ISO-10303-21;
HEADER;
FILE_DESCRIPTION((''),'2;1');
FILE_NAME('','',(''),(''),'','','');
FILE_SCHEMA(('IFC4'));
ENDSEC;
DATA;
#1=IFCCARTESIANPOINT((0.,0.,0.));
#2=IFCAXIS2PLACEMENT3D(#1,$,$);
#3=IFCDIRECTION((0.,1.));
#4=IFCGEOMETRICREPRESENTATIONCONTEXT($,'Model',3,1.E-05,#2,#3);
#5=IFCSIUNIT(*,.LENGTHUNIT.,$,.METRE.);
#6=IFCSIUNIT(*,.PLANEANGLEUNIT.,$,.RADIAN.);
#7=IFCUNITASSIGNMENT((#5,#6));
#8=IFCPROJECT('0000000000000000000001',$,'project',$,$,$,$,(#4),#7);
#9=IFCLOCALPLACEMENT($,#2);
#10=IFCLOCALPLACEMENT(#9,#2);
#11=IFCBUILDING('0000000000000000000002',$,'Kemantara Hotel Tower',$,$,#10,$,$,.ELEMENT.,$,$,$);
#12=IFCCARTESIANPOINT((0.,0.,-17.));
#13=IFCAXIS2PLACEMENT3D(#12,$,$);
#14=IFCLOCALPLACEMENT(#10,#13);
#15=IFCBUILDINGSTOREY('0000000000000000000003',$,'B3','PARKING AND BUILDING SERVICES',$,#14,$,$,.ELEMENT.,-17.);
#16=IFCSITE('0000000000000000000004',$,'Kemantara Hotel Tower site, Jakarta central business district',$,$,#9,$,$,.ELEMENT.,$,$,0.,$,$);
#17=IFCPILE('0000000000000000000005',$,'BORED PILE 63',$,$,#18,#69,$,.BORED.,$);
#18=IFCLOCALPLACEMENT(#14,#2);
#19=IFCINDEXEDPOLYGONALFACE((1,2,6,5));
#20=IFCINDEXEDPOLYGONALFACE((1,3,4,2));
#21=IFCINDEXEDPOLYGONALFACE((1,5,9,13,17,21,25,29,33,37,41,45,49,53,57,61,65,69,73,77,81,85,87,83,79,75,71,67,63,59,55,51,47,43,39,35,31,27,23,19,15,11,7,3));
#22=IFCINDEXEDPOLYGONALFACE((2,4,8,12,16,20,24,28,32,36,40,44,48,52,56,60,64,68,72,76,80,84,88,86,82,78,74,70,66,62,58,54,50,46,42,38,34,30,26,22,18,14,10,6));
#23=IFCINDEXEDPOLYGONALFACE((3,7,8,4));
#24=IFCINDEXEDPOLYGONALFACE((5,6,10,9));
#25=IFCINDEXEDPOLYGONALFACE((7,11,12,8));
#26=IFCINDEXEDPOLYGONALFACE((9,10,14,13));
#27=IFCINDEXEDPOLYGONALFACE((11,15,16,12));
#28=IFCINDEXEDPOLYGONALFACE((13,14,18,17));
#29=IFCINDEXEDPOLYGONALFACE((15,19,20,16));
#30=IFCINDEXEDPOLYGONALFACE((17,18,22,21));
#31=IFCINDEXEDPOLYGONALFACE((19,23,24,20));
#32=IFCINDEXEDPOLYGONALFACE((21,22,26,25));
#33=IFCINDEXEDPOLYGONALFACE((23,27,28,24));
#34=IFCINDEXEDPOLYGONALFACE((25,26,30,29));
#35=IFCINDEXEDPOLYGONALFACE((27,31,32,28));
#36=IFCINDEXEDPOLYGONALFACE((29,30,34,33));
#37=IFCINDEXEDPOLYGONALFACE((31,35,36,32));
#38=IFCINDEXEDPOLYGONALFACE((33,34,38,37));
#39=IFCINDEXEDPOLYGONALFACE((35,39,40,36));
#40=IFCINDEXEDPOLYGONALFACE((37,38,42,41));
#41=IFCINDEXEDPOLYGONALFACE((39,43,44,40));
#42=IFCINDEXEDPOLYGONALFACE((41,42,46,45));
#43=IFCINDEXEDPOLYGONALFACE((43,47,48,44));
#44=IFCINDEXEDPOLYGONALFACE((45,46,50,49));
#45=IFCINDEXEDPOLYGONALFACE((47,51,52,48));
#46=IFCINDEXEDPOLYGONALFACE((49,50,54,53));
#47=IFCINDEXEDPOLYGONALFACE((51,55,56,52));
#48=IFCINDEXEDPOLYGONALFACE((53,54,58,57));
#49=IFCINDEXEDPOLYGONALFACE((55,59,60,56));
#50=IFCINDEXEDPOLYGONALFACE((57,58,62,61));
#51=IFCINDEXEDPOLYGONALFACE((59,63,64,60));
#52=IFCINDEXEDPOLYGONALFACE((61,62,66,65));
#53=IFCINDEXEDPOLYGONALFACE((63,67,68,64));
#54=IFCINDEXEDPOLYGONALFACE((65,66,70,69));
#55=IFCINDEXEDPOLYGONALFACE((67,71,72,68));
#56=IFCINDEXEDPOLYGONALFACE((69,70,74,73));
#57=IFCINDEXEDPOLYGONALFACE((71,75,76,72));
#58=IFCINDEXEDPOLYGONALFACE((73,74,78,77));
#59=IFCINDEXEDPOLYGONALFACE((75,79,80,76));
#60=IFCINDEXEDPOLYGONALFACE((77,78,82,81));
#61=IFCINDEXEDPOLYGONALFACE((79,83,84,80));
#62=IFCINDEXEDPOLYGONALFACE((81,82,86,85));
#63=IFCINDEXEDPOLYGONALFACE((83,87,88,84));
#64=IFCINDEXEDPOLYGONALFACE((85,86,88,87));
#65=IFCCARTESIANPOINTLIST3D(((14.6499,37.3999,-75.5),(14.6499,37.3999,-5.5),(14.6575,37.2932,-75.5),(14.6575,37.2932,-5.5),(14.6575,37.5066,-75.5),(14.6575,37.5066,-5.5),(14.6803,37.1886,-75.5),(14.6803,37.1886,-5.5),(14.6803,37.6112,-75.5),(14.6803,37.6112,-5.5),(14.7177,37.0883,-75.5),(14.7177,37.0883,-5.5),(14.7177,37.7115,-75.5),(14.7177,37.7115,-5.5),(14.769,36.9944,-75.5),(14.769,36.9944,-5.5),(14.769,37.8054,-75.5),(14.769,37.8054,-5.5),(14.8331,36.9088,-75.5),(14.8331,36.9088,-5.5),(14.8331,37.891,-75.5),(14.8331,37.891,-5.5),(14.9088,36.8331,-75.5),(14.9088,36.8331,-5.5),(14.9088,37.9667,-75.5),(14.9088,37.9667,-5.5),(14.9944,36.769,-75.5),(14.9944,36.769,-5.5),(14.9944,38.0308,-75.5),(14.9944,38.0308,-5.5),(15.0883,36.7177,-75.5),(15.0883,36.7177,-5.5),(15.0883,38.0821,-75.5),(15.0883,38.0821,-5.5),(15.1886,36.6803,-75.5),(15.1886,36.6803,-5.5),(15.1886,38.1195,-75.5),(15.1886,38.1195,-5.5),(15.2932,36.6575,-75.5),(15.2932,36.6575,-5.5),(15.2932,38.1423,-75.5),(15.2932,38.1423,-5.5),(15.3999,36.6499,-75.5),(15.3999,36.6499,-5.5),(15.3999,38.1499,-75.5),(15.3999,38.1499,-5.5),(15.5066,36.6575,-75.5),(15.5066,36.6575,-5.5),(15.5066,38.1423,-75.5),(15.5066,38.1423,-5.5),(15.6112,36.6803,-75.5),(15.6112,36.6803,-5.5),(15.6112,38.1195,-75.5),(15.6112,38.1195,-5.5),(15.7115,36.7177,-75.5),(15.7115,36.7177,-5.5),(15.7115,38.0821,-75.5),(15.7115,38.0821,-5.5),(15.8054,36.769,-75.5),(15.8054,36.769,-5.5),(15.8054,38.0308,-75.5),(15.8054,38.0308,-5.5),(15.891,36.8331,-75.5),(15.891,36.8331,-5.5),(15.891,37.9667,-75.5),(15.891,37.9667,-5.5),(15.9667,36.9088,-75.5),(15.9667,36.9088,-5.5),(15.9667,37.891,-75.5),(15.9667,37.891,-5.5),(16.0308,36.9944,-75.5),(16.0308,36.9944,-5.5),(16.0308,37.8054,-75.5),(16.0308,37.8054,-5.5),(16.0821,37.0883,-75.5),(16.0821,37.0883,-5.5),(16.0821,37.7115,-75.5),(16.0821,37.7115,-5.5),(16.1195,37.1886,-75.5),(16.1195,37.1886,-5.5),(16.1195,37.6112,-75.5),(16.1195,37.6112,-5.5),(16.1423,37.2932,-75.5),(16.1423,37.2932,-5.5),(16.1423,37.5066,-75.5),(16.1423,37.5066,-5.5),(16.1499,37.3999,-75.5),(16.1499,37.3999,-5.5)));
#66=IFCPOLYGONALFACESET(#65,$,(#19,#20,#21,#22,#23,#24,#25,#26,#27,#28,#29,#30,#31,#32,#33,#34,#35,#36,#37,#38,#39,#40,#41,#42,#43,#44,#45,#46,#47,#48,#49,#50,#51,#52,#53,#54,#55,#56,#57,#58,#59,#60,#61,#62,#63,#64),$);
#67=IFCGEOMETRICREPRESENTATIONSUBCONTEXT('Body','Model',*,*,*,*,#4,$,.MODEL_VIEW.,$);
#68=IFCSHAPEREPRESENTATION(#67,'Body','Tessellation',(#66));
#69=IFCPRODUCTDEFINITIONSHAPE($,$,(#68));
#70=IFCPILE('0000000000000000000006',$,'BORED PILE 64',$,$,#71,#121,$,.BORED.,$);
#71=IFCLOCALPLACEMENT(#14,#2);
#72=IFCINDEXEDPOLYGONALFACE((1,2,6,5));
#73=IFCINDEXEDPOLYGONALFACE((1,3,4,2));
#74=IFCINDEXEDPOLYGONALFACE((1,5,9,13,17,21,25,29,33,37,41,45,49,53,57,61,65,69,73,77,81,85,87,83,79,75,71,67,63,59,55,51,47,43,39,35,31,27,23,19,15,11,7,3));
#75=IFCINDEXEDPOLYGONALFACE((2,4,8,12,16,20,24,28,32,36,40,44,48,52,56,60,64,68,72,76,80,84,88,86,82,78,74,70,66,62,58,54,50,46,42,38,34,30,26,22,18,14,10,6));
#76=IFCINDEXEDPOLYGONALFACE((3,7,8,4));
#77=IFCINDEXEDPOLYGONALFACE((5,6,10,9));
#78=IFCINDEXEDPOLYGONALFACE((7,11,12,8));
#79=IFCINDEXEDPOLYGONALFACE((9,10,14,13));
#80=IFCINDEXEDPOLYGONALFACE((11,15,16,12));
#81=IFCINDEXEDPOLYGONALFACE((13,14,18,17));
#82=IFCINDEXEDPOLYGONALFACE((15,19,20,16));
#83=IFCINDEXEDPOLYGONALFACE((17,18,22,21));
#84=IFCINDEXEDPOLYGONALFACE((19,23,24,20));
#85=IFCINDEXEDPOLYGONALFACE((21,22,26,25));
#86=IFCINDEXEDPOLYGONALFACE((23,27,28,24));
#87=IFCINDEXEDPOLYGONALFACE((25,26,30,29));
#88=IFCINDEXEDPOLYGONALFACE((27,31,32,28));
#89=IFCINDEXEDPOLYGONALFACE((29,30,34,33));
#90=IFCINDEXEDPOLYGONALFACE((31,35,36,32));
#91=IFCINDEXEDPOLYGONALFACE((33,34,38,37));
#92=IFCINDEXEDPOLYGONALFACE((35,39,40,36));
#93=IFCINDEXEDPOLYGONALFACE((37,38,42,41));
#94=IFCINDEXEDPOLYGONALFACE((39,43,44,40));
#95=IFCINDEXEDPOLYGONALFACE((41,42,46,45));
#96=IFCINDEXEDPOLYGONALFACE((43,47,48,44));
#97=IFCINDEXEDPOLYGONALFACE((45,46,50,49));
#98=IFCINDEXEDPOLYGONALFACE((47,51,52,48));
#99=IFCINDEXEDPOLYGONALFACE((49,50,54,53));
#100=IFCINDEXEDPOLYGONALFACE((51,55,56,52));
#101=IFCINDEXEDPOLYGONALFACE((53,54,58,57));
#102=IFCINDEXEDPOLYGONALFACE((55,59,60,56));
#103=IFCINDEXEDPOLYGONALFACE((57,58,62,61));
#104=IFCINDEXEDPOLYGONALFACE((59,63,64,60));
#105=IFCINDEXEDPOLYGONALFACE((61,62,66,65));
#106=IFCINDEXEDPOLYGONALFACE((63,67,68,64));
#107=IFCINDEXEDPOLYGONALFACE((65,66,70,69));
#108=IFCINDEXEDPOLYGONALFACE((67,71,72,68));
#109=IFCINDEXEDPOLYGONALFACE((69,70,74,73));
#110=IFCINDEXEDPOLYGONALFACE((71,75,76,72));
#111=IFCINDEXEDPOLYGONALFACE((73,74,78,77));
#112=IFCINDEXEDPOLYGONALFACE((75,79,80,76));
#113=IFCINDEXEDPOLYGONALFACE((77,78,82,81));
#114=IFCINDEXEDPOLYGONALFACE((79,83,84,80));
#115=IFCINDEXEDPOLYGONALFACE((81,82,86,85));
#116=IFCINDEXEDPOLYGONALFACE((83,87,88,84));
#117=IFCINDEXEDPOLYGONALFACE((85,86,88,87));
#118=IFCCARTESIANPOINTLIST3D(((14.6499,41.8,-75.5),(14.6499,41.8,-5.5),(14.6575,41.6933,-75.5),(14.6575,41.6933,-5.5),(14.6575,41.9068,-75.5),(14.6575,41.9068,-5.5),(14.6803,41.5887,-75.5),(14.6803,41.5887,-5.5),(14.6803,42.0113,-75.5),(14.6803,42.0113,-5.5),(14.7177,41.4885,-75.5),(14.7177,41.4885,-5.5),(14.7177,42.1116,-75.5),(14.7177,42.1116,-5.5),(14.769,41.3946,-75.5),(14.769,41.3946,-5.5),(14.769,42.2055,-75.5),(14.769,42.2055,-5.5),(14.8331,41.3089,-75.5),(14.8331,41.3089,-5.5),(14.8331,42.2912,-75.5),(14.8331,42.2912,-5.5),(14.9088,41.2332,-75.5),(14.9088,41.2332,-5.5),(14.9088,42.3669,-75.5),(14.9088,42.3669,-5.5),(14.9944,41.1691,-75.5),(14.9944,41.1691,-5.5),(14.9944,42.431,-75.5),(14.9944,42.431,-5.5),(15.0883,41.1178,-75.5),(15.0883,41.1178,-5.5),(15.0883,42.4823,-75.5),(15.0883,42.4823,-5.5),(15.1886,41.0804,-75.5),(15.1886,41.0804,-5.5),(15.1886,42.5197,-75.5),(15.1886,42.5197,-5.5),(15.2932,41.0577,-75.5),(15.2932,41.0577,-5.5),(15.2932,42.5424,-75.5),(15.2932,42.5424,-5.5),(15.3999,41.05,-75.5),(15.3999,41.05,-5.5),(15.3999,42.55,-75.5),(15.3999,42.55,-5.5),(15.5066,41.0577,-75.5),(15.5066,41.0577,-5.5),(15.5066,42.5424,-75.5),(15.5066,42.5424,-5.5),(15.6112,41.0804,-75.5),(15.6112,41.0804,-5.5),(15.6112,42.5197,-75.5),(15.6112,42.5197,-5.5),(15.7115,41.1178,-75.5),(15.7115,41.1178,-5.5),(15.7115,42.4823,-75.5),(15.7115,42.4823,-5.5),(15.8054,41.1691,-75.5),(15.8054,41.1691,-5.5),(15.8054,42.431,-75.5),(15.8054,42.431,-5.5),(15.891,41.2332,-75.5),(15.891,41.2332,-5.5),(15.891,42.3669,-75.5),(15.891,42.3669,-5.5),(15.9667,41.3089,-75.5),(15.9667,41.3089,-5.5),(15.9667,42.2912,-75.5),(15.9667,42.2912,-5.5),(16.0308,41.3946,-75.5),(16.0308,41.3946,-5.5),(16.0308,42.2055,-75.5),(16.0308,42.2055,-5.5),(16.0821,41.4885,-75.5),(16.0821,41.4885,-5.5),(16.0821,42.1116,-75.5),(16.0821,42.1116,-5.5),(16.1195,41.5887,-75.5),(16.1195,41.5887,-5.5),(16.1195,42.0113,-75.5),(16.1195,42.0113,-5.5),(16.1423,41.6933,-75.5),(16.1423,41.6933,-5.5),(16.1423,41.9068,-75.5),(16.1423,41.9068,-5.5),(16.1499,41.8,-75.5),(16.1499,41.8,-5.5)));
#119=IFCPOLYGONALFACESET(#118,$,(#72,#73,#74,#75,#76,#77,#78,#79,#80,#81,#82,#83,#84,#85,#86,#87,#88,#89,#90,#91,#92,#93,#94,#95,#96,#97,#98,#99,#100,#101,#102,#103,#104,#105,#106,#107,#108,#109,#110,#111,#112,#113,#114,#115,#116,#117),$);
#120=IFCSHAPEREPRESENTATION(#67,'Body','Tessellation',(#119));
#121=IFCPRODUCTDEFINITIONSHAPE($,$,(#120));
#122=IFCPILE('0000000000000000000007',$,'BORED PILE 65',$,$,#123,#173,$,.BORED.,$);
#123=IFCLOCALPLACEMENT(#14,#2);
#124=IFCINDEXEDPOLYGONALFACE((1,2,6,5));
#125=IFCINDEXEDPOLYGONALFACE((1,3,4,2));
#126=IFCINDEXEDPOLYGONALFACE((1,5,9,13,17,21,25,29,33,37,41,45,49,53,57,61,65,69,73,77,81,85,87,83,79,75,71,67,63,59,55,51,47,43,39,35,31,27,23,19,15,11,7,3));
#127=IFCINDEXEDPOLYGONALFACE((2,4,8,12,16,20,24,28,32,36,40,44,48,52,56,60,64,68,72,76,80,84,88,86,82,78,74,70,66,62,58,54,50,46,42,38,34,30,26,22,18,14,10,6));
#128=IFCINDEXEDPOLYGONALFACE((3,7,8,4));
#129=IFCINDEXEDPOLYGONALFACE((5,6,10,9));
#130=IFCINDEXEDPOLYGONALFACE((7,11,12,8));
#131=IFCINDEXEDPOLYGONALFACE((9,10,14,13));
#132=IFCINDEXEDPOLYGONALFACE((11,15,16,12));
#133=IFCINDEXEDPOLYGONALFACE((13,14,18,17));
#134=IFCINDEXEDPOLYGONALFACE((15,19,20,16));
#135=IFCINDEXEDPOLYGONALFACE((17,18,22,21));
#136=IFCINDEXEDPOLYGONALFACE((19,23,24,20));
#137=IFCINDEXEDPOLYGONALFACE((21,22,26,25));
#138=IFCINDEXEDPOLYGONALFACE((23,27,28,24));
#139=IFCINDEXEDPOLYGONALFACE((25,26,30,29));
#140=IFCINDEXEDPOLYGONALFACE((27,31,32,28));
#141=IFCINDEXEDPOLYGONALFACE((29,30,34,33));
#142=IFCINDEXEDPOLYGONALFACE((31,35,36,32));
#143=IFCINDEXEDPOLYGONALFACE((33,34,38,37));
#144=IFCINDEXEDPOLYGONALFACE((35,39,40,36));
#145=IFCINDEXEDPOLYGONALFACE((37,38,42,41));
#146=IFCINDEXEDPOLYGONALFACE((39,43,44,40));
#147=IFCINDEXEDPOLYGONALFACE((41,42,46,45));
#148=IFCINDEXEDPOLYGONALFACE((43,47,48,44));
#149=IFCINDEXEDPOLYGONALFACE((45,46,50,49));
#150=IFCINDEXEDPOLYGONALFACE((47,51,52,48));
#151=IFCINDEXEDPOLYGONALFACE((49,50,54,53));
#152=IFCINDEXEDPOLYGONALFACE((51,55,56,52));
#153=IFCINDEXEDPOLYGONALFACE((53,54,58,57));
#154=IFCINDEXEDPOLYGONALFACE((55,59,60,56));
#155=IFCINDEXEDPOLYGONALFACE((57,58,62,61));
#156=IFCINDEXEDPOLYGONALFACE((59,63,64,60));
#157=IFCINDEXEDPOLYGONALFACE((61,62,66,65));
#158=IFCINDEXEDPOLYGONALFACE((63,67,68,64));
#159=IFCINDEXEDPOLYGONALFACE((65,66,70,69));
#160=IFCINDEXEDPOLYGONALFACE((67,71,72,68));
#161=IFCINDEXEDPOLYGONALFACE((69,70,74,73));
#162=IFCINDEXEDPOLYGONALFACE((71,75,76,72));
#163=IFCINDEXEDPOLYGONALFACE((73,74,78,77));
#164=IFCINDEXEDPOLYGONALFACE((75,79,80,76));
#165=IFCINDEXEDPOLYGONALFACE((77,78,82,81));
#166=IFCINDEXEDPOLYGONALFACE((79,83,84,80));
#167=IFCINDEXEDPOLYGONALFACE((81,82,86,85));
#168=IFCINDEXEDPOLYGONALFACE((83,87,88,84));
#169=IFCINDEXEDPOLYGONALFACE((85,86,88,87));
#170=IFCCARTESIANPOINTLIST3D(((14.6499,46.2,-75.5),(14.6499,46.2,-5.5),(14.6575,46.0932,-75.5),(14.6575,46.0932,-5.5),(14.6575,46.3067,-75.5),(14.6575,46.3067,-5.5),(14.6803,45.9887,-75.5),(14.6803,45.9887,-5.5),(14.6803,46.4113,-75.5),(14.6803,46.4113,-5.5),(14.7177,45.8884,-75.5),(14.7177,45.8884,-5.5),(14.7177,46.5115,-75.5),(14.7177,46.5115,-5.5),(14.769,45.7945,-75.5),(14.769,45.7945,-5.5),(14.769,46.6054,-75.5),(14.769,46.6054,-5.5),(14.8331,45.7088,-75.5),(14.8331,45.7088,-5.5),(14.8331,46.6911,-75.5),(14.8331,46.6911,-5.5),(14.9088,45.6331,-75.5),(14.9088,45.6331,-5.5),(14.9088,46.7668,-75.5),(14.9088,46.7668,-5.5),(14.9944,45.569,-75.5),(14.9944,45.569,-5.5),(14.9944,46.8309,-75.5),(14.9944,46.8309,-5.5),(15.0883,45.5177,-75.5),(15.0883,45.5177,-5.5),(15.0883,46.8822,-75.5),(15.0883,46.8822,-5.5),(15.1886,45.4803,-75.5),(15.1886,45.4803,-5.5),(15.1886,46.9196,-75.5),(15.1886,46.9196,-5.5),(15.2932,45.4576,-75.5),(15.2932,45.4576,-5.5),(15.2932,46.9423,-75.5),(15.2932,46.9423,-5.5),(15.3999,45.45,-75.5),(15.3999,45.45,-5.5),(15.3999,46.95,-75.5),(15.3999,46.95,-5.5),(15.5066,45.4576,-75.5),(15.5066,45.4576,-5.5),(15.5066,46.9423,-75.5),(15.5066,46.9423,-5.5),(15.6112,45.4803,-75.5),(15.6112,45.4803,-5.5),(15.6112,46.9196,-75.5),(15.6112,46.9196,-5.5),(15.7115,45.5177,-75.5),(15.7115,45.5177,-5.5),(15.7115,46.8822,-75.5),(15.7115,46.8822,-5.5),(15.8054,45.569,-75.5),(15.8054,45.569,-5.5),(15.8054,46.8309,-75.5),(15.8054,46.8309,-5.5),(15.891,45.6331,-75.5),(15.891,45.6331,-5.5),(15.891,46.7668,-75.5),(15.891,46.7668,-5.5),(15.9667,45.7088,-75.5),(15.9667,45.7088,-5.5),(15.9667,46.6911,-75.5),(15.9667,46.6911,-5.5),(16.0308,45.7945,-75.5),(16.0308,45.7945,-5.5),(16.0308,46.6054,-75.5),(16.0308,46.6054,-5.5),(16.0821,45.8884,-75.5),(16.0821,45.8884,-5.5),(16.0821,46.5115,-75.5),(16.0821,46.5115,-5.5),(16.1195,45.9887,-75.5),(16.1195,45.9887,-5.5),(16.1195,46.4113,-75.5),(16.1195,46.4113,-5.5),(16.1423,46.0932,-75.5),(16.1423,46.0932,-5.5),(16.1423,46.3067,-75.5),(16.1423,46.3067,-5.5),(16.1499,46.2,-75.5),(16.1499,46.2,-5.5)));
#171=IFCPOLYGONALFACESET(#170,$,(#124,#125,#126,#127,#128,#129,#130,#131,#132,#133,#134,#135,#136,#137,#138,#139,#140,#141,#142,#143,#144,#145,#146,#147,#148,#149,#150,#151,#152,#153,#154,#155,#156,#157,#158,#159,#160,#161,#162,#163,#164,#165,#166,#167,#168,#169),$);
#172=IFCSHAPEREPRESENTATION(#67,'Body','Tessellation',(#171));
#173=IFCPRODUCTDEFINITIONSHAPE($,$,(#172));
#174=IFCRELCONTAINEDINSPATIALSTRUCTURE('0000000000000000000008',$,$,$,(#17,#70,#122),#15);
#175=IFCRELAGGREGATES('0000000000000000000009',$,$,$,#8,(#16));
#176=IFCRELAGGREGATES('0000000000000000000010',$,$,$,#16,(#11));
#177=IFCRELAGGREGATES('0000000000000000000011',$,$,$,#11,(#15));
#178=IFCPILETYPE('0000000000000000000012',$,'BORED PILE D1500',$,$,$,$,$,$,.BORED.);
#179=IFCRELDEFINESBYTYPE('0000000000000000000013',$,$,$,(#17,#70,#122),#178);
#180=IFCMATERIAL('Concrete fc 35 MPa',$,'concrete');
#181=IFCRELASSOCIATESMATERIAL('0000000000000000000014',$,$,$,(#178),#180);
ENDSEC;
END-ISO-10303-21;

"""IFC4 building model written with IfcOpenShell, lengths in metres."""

from ifc_helpers import new_model, si_unit, direction, frame, origin, origin_2d, place, context, subcontext, project, spatial, circle, extrude, material, material_profile, profile_set, type_object, element, save


model = new_model("IFC4")

# Units and contexts
model_context = context("Model", 3, precision=1e-05, world=origin(), true_north=direction((0.0, 1.0)))
body_context = subcontext(model_context, "Body", "Model", "MODEL_VIEW")
ifc_project = project(units=[si_unit("LENGTHUNIT", "METRE"), si_unit("PLANEANGLEUNIT", "RADIAN")], contexts=[model_context])

# Site, building, storey
site_placement = place(None, origin())
site = spatial("IfcSite", under=ifc_project, at=site_placement, Name="Kemantara Hotel Tower site, Jakarta central business district", CompositionType="ELEMENT", RefElevation=0.0)
building_placement = place(site_placement, origin())
building = spatial("IfcBuilding", under=site, at=building_placement, Name="Kemantara Hotel Tower", CompositionType="ELEMENT")
storey_placement = place(building_placement, frame((0.0, 0.0, -17.0)))
storey = spatial("IfcBuildingStorey", under=building, at=storey_placement, Name="B3", Description="PARKING AND BUILDING SERVICES", CompositionType="ELEMENT", Elevation=-17.0)

# Piles
ifc_material_1 = material(Name="Concrete fc 35 MPa", Category="concrete")
ifc_material_profile_1 = material_profile(ifc_material_1, circle(Radius=0.75, at=origin_2d()), Name="BORED PILE D1500")
ifc_profile_set_1 = profile_set([ifc_material_profile_1], Name="Concrete fc 35 MPa")
pile_type = type_object("IfcPileType", Name="BORED PILE D1500", PredefinedType="BORED", material=ifc_profile_set_1)
for number, where, z_axis, x_axis, name in (
    (1, (15.3999, 37.3999, -5.5), (0.0, 0.0, -1.0), (1.0, 0.0, 0.0), "BORED PILE 63"),
    (2, (15.3999, 41.8, -5.5), (0.0, 0.0, -1.0), (1.0, 0.0, 0.0), "BORED PILE 64"),
    (3, (15.3999, 46.2, -5.5), (0.0, 0.0, -1.0), (1.0, 0.0, 0.0), "BORED PILE 65"),
):
    element("IfcPile", number, at=place(storey_placement, frame(where, z_axis=z_axis, x_axis=x_axis)), inside=storey, type_object=pile_type, Name=name, PredefinedType="BORED", context=body_context, shape_type="SweptSolid", body=[
        extrude(circle(Radius=0.75, at=origin_2d()), origin(), (0.0, 0.0, 1.0), 70.0),
    ])

save(model, "model.ifc")
